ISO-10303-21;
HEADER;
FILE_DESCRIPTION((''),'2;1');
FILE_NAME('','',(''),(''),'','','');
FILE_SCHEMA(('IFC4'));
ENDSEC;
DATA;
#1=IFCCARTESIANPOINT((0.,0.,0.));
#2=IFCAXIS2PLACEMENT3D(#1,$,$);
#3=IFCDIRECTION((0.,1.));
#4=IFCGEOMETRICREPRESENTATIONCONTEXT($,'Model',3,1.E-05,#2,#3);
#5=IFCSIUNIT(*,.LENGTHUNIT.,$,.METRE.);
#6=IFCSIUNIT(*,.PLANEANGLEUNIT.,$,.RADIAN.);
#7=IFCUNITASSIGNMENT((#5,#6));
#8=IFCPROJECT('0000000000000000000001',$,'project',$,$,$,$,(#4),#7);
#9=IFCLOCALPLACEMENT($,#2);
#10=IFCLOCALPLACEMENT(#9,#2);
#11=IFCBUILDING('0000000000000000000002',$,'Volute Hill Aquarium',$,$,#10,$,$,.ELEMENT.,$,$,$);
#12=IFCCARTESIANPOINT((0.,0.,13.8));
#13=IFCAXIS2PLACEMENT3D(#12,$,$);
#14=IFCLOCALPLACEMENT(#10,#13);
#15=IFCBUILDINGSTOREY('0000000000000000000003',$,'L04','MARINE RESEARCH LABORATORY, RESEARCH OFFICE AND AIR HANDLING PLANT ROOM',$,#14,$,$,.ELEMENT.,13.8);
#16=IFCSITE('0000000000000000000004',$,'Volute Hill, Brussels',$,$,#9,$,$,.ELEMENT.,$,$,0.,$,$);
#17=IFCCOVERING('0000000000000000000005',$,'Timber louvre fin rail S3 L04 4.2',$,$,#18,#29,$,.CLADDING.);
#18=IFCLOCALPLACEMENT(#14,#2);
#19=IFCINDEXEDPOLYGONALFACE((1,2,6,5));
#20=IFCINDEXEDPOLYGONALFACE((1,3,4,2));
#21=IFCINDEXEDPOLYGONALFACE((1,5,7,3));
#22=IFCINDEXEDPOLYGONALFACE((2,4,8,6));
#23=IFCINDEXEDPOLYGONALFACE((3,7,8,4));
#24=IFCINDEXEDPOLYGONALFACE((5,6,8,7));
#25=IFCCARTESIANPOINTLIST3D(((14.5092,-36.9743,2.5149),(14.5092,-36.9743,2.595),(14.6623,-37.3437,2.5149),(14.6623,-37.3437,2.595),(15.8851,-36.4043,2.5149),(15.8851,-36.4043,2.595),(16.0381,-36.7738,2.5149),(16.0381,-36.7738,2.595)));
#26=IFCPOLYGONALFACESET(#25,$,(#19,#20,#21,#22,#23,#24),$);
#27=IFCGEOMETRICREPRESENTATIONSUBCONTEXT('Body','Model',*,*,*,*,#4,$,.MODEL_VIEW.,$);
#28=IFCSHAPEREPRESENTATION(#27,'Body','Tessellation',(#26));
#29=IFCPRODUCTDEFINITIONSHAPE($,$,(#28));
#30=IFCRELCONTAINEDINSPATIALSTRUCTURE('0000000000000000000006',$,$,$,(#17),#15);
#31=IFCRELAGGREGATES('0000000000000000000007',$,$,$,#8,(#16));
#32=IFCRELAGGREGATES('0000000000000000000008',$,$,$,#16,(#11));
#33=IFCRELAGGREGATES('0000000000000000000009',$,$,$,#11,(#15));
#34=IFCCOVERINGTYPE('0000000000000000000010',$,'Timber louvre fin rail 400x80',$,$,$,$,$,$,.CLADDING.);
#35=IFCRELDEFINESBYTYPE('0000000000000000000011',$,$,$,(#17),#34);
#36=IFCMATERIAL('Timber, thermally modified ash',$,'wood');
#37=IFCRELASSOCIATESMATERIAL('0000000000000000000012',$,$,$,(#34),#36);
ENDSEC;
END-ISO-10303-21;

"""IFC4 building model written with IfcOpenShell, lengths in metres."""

from ifc_helpers import new_model, si_unit, direction, frame, origin, origin_2d, place, context, subcontext, project, spatial, rectangle, extrude, material, type_object, element, save


model = new_model("IFC4")

# Units and contexts
model_context = context("Model", 3, precision=1e-05, world=origin(), true_north=direction((0.0, 1.0)))
body_context = subcontext(model_context, "Body", "Model", "MODEL_VIEW")
ifc_project = project(units=[si_unit("LENGTHUNIT", "METRE"), si_unit("PLANEANGLEUNIT", "RADIAN")], contexts=[model_context])

# Site, building, storey
site_placement = place(None, origin())
site = spatial("IfcSite", under=ifc_project, at=site_placement, Name="Volute Hill, Brussels", CompositionType="ELEMENT", RefElevation=0.0)
building_placement = place(site_placement, origin())
building = spatial("IfcBuilding", under=site, at=building_placement, Name="Volute Hill Aquarium", CompositionType="ELEMENT")
storey_placement = place(building_placement, frame((0.0, 0.0, 13.8)))
storey = spatial("IfcBuildingStorey", under=building, at=storey_placement, Name="L04", Description="MARINE RESEARCH LABORATORY, RESEARCH OFFICE AND AIR HANDLING PLANT ROOM", CompositionType="ELEMENT", Elevation=13.8)

# Covering
ifc_material_1 = material(Name="Timber, thermally modified ash", Category="wood")
covering_type_1 = type_object("IfcCoveringType", Name="Timber louvre fin rail 400x80", PredefinedType="CLADDING", material=ifc_material_1)
for number, where, z_axis, x_axis, name in (
    (1, (15.2737, -36.874, 2.5149), (0.0, 0.0, 1.0), (0.923875, 0.382694, 0.0), "Timber louvre fin rail S3 L04 4.2"),
):
    element("IfcCovering", number, at=place(storey_placement, frame(where, z_axis=z_axis, x_axis=x_axis)), inside=storey, type_object=covering_type_1, Name=name, PredefinedType="CLADDING", context=body_context, shape_type="SweptSolid", body=[
        extrude(rectangle(XDim=1.4893, YDim=0.3999, at=origin_2d()), origin(), (0.0, 0.0, 1.0), 0.0801),
    ])

save(model, "model.ifc")
